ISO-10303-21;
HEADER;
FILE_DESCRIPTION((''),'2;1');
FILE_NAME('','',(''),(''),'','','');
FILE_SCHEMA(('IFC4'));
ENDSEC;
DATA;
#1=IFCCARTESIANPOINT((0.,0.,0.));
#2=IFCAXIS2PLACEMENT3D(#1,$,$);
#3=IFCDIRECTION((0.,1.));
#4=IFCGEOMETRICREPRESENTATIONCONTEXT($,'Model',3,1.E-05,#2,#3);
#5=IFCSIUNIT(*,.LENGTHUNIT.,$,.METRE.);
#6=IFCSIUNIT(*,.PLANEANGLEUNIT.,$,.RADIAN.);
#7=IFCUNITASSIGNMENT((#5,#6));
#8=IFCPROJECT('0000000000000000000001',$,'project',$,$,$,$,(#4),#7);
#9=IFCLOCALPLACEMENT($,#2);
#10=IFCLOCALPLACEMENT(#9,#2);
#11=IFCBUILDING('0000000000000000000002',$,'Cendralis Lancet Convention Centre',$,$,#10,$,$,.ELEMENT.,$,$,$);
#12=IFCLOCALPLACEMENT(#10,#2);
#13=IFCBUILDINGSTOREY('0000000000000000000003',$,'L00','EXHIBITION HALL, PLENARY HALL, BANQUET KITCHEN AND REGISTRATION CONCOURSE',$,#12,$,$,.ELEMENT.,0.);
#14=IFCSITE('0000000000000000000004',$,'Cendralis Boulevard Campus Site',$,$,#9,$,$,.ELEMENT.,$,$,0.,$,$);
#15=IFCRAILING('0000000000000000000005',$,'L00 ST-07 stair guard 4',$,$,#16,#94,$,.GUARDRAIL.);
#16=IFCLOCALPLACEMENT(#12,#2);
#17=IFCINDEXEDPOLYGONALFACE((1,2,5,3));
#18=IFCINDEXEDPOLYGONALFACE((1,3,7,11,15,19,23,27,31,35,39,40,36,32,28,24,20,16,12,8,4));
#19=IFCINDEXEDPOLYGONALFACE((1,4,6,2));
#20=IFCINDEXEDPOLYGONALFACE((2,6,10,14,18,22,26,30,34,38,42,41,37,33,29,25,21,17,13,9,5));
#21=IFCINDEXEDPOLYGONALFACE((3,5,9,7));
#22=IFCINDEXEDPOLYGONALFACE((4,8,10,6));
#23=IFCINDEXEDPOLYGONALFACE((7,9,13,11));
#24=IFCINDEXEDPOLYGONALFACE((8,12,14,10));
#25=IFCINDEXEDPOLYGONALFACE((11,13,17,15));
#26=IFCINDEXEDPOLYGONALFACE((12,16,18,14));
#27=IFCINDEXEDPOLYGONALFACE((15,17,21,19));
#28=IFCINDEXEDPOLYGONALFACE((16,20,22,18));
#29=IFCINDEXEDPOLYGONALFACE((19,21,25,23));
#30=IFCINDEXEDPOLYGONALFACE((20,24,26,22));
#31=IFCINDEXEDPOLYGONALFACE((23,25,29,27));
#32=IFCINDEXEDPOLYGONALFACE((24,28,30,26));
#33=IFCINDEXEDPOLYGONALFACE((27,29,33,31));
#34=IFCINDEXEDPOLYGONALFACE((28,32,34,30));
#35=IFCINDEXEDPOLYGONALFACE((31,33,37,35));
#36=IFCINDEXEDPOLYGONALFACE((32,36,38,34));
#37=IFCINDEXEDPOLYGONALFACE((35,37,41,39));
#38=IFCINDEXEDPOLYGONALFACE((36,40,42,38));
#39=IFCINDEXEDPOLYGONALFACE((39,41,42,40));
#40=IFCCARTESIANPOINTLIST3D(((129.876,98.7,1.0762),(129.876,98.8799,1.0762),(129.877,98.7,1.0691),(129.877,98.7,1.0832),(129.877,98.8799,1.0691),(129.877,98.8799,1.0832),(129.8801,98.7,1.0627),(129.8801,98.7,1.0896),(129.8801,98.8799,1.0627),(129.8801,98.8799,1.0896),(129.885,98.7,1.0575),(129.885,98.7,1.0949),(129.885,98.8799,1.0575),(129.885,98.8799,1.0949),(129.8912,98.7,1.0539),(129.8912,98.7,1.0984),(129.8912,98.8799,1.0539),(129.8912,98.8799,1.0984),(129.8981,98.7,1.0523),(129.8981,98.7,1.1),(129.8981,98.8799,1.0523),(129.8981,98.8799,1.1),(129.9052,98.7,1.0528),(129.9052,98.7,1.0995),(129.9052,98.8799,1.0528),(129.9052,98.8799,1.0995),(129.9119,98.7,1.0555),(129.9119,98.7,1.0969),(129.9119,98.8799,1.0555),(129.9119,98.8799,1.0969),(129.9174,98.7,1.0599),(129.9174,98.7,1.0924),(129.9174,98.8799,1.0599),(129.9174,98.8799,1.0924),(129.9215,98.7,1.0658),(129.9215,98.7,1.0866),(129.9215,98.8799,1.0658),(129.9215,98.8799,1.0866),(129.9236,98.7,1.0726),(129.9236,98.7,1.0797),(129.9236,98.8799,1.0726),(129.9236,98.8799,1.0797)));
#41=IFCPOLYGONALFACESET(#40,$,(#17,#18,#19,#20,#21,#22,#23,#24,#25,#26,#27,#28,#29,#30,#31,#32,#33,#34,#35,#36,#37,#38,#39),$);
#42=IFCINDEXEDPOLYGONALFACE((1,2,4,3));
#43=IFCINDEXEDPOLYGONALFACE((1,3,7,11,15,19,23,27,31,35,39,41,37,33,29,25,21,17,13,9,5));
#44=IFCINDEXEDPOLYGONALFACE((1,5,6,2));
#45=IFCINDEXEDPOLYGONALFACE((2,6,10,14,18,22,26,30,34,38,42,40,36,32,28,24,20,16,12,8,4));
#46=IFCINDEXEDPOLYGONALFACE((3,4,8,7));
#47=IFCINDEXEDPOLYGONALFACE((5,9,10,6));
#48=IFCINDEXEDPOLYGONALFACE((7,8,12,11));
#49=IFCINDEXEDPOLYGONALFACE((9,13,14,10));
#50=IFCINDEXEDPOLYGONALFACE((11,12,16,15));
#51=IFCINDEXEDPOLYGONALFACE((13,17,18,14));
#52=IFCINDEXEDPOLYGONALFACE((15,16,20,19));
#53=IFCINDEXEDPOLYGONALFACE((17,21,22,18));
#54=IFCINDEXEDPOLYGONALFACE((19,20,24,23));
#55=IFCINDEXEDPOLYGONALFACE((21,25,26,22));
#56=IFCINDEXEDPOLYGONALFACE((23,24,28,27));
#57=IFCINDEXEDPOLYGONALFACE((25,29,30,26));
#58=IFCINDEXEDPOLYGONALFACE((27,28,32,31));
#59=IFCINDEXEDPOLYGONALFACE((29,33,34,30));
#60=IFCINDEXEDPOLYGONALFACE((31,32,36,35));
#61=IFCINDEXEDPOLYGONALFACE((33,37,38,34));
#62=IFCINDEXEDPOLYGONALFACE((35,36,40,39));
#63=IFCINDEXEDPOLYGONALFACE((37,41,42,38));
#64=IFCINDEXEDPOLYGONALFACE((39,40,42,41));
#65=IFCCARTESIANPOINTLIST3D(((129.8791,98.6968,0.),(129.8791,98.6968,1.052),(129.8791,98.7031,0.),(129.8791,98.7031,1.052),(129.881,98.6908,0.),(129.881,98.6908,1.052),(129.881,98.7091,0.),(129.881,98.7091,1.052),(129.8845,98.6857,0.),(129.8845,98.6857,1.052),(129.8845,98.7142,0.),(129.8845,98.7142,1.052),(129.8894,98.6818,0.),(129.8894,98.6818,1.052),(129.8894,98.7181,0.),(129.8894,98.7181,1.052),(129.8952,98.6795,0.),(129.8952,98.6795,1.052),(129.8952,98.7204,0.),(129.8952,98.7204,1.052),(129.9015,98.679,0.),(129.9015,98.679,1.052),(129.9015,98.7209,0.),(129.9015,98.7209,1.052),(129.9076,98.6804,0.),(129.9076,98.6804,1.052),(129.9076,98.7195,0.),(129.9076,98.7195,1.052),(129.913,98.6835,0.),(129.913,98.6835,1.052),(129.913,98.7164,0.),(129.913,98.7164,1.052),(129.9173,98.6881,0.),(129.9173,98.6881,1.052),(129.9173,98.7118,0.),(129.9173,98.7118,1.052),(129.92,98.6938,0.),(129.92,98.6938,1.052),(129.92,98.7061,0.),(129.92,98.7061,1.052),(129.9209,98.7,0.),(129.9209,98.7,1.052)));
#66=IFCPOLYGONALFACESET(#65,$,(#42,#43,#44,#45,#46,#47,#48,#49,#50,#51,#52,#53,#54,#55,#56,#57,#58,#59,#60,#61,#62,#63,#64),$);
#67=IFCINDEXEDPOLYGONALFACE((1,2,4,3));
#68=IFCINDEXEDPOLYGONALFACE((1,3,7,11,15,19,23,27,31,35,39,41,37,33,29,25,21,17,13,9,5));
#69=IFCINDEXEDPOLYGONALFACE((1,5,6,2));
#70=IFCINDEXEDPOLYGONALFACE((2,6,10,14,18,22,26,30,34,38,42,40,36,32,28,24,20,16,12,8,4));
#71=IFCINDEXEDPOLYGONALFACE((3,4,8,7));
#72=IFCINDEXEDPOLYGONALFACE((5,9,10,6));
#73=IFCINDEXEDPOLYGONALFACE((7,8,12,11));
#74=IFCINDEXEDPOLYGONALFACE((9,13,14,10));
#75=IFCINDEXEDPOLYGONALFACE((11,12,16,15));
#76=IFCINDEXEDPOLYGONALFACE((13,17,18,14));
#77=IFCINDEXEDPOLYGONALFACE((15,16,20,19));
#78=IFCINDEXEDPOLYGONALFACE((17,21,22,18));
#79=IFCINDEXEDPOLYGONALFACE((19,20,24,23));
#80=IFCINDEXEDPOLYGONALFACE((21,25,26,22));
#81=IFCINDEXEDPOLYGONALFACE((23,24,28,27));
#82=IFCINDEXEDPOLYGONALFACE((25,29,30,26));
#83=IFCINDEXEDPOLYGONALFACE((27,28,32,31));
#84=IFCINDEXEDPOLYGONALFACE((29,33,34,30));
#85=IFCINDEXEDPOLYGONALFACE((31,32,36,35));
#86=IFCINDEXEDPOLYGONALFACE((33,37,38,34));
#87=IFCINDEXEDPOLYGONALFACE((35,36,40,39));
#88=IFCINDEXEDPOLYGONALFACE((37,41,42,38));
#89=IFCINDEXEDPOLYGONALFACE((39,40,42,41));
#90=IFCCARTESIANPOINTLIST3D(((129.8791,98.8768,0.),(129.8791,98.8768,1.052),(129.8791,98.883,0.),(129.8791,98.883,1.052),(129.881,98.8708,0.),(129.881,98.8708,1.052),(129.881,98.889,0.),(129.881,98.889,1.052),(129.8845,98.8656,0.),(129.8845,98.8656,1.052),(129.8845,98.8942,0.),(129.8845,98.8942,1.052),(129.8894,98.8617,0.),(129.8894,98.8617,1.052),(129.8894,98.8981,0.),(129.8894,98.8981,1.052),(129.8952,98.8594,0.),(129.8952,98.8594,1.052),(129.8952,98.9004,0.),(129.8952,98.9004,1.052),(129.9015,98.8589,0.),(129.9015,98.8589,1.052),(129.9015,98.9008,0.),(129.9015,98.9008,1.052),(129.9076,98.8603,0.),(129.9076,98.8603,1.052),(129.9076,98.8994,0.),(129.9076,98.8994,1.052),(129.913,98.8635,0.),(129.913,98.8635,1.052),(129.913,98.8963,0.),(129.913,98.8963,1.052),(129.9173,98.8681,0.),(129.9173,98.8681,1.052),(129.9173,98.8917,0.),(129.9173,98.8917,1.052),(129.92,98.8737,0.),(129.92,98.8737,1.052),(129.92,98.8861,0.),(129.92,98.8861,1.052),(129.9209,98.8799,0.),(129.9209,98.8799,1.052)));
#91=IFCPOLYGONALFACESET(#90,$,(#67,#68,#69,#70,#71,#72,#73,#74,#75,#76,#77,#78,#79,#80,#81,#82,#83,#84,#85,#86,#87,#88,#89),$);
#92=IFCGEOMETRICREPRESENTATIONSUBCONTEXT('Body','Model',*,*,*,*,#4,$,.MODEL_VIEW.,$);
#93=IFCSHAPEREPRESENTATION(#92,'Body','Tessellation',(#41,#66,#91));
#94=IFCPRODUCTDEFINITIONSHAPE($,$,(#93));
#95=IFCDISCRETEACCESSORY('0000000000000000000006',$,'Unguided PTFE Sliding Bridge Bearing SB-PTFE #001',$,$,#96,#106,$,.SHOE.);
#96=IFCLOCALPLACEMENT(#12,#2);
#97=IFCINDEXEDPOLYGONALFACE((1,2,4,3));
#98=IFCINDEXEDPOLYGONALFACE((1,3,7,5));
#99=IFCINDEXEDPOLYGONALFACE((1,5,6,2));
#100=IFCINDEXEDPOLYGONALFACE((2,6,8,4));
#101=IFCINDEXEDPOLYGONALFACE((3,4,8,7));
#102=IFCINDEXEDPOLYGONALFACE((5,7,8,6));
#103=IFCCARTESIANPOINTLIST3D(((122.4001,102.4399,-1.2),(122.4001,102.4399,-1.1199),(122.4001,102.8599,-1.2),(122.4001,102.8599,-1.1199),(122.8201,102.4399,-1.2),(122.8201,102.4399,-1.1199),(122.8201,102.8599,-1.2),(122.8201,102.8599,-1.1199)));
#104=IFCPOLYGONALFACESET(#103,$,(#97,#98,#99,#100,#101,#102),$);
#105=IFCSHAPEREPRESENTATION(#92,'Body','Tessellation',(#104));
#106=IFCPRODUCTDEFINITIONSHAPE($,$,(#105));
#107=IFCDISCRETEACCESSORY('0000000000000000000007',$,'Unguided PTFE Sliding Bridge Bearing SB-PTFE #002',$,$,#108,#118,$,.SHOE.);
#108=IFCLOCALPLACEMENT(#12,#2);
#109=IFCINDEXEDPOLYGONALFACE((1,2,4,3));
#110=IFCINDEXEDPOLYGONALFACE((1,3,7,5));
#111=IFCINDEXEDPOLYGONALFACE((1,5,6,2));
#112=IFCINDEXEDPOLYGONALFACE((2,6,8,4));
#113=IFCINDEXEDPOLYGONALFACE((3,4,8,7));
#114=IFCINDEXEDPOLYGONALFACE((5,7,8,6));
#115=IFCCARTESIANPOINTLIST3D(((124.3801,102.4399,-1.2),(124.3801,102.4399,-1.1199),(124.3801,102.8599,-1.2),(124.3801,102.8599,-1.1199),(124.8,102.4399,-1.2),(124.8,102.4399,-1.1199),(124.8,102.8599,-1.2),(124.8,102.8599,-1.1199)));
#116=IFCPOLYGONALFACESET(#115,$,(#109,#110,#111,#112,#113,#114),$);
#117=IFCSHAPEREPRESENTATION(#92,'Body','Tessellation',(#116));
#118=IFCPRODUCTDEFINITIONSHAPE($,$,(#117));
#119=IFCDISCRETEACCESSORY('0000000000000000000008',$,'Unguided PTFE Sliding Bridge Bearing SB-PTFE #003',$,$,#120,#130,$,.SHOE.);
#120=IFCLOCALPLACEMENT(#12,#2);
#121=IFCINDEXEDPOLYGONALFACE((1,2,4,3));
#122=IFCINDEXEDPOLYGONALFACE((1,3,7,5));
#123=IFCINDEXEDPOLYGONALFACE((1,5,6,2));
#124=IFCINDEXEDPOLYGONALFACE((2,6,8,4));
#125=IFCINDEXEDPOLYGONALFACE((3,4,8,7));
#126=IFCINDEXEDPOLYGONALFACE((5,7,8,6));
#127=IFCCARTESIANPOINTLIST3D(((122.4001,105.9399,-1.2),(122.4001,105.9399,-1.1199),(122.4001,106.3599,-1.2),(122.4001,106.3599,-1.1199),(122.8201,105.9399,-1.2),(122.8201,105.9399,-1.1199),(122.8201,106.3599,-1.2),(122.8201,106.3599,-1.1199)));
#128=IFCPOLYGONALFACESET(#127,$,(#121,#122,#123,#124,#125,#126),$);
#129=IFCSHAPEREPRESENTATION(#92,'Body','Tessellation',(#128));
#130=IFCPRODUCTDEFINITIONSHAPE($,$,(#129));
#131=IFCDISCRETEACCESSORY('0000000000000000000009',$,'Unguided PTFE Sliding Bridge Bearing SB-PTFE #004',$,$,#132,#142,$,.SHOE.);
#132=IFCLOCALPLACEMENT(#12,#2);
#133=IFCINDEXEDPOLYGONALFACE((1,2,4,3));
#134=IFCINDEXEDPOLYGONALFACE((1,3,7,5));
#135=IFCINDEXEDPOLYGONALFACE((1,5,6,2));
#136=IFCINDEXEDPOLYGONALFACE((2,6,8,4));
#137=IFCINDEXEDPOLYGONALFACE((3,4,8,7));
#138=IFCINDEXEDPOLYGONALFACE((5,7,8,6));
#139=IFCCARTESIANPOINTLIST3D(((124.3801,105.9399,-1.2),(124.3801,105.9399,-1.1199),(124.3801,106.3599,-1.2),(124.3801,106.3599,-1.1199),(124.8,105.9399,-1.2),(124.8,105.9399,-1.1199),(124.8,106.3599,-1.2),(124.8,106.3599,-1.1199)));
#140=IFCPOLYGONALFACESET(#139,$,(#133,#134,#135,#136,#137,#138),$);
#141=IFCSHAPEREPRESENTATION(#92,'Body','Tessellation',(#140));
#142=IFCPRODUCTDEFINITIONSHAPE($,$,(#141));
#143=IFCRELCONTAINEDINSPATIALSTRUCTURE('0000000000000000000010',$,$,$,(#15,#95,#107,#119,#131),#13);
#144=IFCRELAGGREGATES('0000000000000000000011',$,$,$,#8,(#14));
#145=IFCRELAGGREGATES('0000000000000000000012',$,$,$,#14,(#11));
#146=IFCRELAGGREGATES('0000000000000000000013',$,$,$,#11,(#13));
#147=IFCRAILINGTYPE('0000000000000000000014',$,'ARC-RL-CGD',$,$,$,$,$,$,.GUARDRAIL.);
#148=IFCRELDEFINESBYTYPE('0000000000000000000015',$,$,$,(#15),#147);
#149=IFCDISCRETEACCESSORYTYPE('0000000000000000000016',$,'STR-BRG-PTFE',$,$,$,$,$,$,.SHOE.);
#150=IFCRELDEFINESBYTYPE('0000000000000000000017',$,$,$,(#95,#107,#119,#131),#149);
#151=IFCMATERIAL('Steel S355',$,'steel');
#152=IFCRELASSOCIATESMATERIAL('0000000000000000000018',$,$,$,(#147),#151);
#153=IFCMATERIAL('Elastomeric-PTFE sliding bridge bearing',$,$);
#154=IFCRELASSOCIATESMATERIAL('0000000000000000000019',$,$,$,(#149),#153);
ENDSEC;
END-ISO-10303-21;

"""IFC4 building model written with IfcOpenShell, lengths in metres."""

from ifc_helpers import new_model, si_unit, direction, frame, origin, origin_2d, place, context, subcontext, project, spatial, rectangle, circle, extrude, material, type_object, element, save


model = new_model("IFC4")

# Units and contexts
model_context = context("Model", 3, precision=1e-05, world=origin(), true_north=direction((0.0, 1.0)))
body_context = subcontext(model_context, "Body", "Model", "MODEL_VIEW")
ifc_project = project(units=[si_unit("LENGTHUNIT", "METRE"), si_unit("PLANEANGLEUNIT", "RADIAN")], contexts=[model_context])

# Site, building, storey
site_placement = place(None, origin())
site = spatial("IfcSite", under=ifc_project, at=site_placement, Name="Cendralis Boulevard Campus Site", CompositionType="ELEMENT", RefElevation=0.0)
building_placement = place(site_placement, origin())
building = spatial("IfcBuilding", under=site, at=building_placement, Name="Cendralis Lancet Convention Centre", CompositionType="ELEMENT")
storey_placement = place(building_placement, origin())
storey = spatial("IfcBuildingStorey", under=building, at=storey_placement, Name="L00", Description="EXHIBITION HALL, PLENARY HALL, BANQUET KITCHEN AND REGISTRATION CONCOURSE", CompositionType="ELEMENT", Elevation=0.0)

# Shared definitions
ifc_material_1 = material(Name="Steel S355", Category="steel")

# Railing
railing_type = type_object("IfcRailingType", Name="ARC-RL-CGD", PredefinedType="GUARDRAIL", material=ifc_material_1)
railing_placement = place(storey_placement, frame((129.8999, 98.7, 0.0)))
element("IfcRailing", 1, at=railing_placement, inside=storey, type_object=railing_type, Name="L00 ST-07 stair guard 4", PredefinedType="GUARDRAIL", context=body_context, shape_type="SweptSolid", body=[
    extrude(circle(Radius=0.0239, at=origin_2d()), frame((0.0, 0.0, 1.0762), z_axis=(0.0, 1.0, 0.0), x_axis=(-1.0, 0.0, 0.0)), (0.0, 0.0, 1.0), 0.1799),
    extrude(circle(Radius=0.021, at=origin_2d()), origin(), (0.0, 0.0, 1.0), 1.052),
    extrude(circle(Radius=0.021, at=origin_2d()), frame((0.0, 0.1799, 0.0)), (0.0, 0.0, 1.0), 1.052),
])

# Discrete accessories
ifc_material_2 = material(Name="Elastomeric-PTFE sliding bridge bearing")
discrete_accessory_type = type_object("IfcDiscreteAccessoryType", Name="STR-BRG-PTFE", PredefinedType="SHOE", material=ifc_material_2)
for number, where, z_axis, x_axis, name in (
    (2, (122.6101, 102.6499, -1.2), (0.0, 0.0, 1.0), (1.0, 0.0, 0.0), "Unguided PTFE Sliding Bridge Bearing SB-PTFE #001"),
    (3, (124.5901, 102.6499, -1.2), (0.0, 0.0, 1.0), (1.0, 0.0, 0.0), "Unguided PTFE Sliding Bridge Bearing SB-PTFE #002"),
    (4, (122.6101, 106.1499, -1.2), (0.0, 0.0, 1.0), (1.0, 0.0, 0.0), "Unguided PTFE Sliding Bridge Bearing SB-PTFE #003"),
    (5, (124.5901, 106.1499, -1.2), (0.0, 0.0, 1.0), (1.0, 0.0, 0.0), "Unguided PTFE Sliding Bridge Bearing SB-PTFE #004"),
):
    element("IfcDiscreteAccessory", number, at=place(storey_placement, frame(where, z_axis=z_axis, x_axis=x_axis)), inside=storey, type_object=discrete_accessory_type, Name=name, PredefinedType="SHOE", context=body_context, shape_type="SweptSolid", body=[
        extrude(rectangle(XDim=0.4199, YDim=0.4199, at=origin_2d()), origin(), (0.0, 0.0, 1.0), 0.0801),
    ])

save(model, "model.ifc")
